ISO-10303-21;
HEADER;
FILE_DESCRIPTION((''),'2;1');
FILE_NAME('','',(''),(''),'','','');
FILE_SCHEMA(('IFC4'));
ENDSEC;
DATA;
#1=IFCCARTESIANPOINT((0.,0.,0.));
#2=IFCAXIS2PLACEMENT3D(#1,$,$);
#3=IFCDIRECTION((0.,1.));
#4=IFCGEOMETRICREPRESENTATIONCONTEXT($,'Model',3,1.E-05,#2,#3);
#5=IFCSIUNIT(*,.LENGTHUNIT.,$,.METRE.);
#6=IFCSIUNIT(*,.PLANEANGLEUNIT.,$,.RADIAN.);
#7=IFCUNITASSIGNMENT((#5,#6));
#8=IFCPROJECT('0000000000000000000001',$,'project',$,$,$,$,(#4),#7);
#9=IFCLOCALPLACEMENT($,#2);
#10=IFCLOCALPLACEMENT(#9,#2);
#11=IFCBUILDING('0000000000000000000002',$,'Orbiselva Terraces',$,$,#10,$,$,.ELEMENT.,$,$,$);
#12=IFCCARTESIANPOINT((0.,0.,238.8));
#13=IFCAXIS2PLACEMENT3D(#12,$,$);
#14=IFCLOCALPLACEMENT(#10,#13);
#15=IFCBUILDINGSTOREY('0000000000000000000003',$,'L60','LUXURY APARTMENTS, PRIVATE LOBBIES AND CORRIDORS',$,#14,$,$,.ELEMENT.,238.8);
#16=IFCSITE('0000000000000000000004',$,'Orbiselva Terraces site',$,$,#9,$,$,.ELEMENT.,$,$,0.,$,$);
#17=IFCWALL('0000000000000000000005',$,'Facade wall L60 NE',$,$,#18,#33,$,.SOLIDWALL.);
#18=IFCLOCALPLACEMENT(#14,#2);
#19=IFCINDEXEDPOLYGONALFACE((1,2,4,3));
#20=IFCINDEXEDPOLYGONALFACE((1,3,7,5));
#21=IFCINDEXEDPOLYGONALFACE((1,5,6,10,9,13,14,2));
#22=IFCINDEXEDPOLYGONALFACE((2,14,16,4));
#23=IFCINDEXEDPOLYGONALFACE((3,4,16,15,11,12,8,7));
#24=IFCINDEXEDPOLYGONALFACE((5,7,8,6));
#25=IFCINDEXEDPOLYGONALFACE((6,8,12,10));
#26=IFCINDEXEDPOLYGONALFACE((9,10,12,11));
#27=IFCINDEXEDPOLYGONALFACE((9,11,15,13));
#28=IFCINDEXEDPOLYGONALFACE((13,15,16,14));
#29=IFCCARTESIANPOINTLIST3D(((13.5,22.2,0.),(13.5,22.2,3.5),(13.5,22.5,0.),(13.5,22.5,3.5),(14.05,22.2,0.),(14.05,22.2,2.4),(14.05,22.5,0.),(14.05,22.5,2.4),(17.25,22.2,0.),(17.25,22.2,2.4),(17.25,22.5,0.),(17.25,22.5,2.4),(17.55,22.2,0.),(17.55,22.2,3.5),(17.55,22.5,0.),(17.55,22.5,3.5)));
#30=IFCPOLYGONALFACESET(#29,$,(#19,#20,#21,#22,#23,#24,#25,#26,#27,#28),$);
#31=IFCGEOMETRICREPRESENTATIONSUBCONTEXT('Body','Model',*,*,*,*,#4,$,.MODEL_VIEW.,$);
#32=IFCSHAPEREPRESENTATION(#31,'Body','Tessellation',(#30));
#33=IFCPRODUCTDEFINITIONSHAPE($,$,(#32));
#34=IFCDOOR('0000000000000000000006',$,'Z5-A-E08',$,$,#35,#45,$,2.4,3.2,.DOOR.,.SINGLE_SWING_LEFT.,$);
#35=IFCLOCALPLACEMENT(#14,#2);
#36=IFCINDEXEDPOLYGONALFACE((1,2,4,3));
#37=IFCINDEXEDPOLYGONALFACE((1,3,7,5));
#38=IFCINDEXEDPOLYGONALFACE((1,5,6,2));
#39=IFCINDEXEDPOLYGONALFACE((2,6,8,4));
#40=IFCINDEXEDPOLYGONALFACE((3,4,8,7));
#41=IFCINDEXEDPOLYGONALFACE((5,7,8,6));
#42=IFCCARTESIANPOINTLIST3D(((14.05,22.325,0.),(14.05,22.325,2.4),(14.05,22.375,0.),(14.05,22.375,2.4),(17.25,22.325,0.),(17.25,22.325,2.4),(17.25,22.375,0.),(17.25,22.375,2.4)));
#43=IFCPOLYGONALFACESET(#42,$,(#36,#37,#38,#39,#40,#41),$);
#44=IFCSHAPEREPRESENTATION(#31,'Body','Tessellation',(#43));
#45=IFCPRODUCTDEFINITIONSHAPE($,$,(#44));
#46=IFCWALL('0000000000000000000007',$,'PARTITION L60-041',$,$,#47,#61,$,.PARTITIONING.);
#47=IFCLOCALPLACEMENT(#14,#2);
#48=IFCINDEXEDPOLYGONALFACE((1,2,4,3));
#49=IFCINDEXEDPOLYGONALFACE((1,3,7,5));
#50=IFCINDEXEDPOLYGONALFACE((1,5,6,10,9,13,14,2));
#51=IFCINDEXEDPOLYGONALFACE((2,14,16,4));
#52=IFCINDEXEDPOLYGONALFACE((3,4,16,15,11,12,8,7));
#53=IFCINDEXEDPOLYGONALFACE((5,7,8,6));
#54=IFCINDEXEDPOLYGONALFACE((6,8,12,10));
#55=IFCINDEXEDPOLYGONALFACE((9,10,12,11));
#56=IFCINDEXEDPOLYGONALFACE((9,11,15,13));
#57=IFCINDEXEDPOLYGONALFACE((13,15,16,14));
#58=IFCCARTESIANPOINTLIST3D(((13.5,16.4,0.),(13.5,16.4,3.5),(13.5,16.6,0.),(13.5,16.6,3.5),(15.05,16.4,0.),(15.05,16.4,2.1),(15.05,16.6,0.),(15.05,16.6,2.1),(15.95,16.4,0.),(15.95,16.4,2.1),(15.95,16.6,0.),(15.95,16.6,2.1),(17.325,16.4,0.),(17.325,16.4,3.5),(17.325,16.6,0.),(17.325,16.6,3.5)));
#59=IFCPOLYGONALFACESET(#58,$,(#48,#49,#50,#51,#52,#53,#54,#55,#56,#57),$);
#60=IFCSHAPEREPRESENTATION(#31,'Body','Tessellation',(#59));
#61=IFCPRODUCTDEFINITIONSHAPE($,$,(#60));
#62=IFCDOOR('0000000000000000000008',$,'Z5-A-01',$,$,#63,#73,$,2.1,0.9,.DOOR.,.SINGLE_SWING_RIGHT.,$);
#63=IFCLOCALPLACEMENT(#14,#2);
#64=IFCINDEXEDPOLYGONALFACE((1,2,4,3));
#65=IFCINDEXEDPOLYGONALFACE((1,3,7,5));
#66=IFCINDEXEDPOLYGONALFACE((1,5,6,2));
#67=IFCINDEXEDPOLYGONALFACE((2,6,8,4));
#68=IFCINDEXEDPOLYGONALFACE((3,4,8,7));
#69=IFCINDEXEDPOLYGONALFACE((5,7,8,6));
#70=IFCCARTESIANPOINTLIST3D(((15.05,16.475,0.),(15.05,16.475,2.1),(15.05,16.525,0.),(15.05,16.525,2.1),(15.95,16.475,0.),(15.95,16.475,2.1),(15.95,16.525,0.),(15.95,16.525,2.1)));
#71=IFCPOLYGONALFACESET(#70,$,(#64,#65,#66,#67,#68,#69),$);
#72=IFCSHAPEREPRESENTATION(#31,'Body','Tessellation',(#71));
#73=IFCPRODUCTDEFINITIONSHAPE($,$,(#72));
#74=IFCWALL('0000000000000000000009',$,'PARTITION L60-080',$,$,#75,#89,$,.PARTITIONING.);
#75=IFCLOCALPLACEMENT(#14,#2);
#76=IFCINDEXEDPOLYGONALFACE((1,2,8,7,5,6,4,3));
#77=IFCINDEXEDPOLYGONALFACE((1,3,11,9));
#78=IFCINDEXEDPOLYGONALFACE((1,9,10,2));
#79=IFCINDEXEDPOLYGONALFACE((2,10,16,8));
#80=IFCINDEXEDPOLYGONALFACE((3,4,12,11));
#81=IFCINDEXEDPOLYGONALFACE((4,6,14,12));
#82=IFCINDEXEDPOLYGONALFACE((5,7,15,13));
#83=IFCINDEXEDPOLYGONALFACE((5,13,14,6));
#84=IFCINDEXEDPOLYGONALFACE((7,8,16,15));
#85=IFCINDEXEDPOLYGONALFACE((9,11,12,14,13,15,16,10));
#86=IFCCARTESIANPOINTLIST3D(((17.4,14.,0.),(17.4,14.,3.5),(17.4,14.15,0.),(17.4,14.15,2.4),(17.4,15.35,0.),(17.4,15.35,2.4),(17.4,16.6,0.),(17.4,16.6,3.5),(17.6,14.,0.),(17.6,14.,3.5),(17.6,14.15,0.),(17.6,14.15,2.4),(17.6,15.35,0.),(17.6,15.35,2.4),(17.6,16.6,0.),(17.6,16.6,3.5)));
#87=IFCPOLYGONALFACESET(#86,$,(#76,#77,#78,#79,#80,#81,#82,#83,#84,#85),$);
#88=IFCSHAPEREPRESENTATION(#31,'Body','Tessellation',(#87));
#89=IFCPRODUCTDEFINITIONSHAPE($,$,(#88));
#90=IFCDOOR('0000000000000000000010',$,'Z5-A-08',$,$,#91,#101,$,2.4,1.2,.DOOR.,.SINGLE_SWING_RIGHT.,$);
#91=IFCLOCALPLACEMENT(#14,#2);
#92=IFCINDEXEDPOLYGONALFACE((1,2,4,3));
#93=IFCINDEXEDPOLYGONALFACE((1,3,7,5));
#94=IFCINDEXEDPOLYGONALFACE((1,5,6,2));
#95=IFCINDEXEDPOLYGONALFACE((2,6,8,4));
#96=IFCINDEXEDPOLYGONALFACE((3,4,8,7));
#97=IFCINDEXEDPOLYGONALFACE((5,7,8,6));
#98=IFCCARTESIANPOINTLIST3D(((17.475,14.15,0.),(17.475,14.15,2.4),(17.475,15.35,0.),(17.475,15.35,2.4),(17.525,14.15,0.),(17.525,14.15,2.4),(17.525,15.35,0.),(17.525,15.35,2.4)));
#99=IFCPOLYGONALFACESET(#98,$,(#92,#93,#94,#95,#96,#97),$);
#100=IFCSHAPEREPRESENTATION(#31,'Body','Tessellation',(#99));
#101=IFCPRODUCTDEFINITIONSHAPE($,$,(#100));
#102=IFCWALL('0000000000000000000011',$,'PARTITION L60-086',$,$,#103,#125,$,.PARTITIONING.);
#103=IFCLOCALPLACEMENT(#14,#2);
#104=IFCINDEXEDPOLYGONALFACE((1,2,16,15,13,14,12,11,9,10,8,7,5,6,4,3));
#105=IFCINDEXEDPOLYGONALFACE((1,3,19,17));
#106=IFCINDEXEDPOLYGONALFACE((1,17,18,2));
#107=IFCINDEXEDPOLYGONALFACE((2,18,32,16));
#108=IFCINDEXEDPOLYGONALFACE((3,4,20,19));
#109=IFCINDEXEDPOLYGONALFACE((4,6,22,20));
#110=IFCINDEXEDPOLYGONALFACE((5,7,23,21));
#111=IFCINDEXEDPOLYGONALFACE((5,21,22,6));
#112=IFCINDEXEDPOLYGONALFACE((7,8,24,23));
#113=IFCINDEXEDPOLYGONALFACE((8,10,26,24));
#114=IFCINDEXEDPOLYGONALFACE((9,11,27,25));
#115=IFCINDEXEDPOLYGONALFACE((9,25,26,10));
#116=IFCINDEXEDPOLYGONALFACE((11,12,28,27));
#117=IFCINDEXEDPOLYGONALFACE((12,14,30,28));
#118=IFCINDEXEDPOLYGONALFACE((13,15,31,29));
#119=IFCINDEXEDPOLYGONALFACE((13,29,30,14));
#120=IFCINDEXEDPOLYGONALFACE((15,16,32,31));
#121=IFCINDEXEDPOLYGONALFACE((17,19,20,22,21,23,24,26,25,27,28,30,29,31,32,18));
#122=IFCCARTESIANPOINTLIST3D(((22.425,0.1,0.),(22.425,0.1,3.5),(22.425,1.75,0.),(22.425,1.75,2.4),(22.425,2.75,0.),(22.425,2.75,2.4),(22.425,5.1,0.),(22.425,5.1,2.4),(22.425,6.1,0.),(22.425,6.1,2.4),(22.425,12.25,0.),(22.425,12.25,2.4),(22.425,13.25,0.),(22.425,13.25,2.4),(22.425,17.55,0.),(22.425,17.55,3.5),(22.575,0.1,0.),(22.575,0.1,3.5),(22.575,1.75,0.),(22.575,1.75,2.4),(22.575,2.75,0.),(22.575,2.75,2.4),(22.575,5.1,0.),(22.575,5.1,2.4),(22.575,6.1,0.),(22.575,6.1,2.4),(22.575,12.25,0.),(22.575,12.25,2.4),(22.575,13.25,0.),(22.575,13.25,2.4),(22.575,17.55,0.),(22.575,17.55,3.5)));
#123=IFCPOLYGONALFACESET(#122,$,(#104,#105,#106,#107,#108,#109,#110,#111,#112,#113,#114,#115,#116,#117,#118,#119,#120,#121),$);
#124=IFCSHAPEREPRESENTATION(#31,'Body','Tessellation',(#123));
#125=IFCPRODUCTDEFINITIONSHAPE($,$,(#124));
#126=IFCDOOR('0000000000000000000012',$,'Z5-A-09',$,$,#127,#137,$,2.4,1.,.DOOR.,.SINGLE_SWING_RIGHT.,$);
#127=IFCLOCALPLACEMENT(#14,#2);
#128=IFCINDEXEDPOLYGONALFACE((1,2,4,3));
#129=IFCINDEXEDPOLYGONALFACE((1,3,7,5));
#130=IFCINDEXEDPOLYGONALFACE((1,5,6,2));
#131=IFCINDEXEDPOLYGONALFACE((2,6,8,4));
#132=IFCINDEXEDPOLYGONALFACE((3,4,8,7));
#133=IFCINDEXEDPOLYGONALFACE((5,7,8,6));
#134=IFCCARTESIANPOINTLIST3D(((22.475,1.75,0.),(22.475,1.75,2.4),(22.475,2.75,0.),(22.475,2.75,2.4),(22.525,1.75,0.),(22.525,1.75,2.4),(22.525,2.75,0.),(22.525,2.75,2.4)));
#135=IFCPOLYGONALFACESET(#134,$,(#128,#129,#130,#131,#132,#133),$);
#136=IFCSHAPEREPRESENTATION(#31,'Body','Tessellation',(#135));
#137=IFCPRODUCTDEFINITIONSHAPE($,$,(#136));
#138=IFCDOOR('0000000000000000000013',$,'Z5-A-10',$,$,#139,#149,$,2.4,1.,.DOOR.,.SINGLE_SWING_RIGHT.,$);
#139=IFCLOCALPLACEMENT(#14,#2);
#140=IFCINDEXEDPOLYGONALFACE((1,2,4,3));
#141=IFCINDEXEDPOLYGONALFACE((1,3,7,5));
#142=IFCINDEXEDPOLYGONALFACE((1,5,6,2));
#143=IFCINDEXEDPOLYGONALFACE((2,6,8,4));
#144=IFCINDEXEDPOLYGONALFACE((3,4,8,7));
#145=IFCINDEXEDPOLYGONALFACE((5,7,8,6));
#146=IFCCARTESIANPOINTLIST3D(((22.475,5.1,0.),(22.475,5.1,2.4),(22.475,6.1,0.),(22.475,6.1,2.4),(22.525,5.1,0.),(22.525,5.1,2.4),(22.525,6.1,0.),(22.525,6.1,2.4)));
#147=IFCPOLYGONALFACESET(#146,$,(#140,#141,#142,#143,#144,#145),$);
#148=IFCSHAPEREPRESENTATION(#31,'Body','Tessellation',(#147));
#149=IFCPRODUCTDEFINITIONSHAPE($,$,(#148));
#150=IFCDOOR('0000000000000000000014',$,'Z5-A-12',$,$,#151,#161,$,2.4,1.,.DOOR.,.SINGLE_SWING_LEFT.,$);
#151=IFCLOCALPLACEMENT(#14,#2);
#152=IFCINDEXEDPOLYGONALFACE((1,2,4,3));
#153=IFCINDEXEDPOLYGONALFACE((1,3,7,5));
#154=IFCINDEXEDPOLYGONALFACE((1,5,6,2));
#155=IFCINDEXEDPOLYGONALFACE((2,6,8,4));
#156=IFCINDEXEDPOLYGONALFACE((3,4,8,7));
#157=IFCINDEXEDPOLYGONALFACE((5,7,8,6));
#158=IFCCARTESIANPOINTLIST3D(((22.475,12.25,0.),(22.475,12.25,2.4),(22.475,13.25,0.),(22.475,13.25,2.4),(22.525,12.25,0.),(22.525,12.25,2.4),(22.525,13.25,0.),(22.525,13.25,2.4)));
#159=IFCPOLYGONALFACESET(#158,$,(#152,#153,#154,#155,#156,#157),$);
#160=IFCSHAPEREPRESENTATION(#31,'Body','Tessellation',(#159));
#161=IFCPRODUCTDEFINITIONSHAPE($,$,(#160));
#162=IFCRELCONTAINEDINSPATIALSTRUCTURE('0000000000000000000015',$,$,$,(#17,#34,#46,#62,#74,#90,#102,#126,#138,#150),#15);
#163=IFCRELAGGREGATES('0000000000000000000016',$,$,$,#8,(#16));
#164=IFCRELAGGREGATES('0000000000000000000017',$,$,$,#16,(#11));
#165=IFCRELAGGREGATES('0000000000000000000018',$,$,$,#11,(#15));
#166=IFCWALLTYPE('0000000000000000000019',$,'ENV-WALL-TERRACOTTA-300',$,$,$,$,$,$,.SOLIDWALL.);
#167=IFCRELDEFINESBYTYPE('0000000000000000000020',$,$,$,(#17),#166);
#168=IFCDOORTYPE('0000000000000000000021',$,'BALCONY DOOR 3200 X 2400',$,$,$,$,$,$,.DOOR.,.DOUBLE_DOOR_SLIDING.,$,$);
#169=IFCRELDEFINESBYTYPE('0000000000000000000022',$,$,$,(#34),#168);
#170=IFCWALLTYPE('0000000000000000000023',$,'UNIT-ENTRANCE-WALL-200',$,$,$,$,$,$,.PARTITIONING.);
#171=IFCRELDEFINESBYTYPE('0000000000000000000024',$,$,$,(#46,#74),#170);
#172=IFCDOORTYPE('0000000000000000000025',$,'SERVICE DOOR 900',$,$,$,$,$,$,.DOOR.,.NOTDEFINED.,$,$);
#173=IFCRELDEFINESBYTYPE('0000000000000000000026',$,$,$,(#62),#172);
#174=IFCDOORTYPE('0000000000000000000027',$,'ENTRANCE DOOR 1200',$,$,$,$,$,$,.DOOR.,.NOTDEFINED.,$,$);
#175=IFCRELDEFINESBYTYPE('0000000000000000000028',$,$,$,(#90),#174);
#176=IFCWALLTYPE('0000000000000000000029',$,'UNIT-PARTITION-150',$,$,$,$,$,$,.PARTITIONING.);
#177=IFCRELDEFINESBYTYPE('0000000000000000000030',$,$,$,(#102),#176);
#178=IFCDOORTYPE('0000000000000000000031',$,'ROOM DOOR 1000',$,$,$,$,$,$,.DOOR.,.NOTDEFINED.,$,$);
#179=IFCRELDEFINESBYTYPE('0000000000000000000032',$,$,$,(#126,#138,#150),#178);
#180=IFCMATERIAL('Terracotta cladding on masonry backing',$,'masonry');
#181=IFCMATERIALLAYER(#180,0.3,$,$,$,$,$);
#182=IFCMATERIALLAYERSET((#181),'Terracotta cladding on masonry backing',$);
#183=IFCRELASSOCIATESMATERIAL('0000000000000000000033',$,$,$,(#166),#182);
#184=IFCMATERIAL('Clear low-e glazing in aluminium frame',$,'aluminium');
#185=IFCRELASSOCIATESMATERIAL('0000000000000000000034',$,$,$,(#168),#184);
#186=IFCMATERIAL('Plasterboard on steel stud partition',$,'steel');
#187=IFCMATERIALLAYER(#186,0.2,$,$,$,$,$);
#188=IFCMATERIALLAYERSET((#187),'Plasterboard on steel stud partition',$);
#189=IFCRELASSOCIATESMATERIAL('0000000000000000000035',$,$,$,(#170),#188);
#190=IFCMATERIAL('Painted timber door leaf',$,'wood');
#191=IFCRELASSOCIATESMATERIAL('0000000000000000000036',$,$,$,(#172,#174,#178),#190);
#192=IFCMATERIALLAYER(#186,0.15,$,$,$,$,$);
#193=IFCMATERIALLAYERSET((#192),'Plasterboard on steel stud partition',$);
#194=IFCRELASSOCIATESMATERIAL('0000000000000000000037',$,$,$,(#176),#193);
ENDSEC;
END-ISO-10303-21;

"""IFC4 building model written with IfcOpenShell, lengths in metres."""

from ifc_helpers import new_model, si_unit, direction, frame, frame_2d, origin, place, context, subcontext, project, spatial, rectangle, extrude, material, layer, layer_set, type_object, element, fill, save


model = new_model("IFC4")

# Units and contexts
model_context = context("Model", 3, precision=1e-05, world=origin(), true_north=direction((0.0, 1.0)))
body_context = subcontext(model_context, "Body", "Model", "MODEL_VIEW")
ifc_project = project(units=[si_unit("LENGTHUNIT", "METRE"), si_unit("PLANEANGLEUNIT", "RADIAN")], contexts=[model_context])

# Site, building, storey
site_placement = place(None, origin())
site = spatial("IfcSite", under=ifc_project, at=site_placement, Name="Orbiselva Terraces site", CompositionType="ELEMENT", RefElevation=0.0)
building_placement = place(site_placement, origin())
building = spatial("IfcBuilding", under=site, at=building_placement, Name="Orbiselva Terraces", CompositionType="ELEMENT")
storey_placement = place(building_placement, frame((0.0, 0.0, 238.8)))
storey = spatial("IfcBuildingStorey", under=building, at=storey_placement, Name="L60", Description="LUXURY APARTMENTS, PRIVATE LOBBIES AND CORRIDORS", CompositionType="ELEMENT", Elevation=238.8)

# Shared definitions
ifc_material_1 = material(Name="Terracotta cladding on masonry backing", Category="masonry")
ifc_layer_1 = layer(ifc_material_1, 0.3)
ifc_layer_set_1 = layer_set([ifc_layer_1], Name="Terracotta cladding on masonry backing")
wall_type_1 = type_object("IfcWallType", Name="ENV-WALL-TERRACOTTA-300", PredefinedType="SOLIDWALL", material=ifc_layer_set_1)
ifc_material_2 = material(Name="Clear low-e glazing in aluminium frame", Category="aluminium")
door_type_1 = type_object("IfcDoorType", Name="BALCONY DOOR 3200 X 2400", OperationType="DOUBLE_DOOR_SLIDING", PredefinedType="DOOR", material=ifc_material_2)

# Walls, openings, doors
wall_1_placement = place(storey_placement, frame((13.5, 22.35, 0.0), z_axis=(0.0, 0.0, 1.0), x_axis=(1.0, 0.0, 0.0)))
wall_1 = element("IfcWall", 1, at=wall_1_placement, inside=storey, type_object=wall_type_1, Name="Facade wall L60 NE", PredefinedType="SOLIDWALL", context=body_context, shape_type="SweptSolid", body=[
    extrude(rectangle(XDim=4.05, YDim=0.3, at=frame_2d((2.025, 0.0))), origin(), (0.0, 0.0, 1.0), 3.5),
])
opening_1_placement = place(wall_1_placement, frame((0.55, 0.0, 0.0)))
opening_1 = element("IfcOpeningElement", 2, at=opening_1_placement, cuts=wall_1, PredefinedType="OPENING", context=body_context, shape_type="SweptSolid", body=[
    extrude(rectangle(XDim=3.2, YDim=2.4, at=frame_2d((1.6, 1.2))), frame((0.0, 0.16, 0.0), z_axis=(0.0, -1.0, 0.0), x_axis=(1.0, 0.0, 0.0)), (0.0, 0.0, 1.0), 0.32),
])
door_1_placement = place(opening_1_placement, origin())
door_1 = element("IfcDoor", 3, at=door_1_placement, inside=storey, type_object=door_type_1, Name="Z5-A-E08", OperationType="SINGLE_SWING_LEFT", OverallHeight=2.4, OverallWidth=3.2, PredefinedType="DOOR", context=body_context, shape_type="SweptSolid", body=[
    extrude(rectangle(XDim=3.2, YDim=2.4, at=frame_2d((1.6, 1.2))), frame((0.0, 0.025, 0.0), z_axis=(0.0, -1.0, 0.0), x_axis=(1.0, 0.0, 0.0)), (0.0, 0.0, 1.0), 0.05),
])
fill(opening_1, door_1)
ifc_material_3 = material(Name="Plasterboard on steel stud partition", Category="steel")
ifc_layer_2 = layer(ifc_material_3, 0.2)
ifc_layer_set_2 = layer_set([ifc_layer_2], Name="Plasterboard on steel stud partition")
wall_type_2 = type_object("IfcWallType", Name="UNIT-ENTRANCE-WALL-200", PredefinedType="PARTITIONING", material=ifc_layer_set_2)
wall_2_placement = place(storey_placement, frame((13.5, 16.5, 0.0), z_axis=(0.0, 0.0, 1.0), x_axis=(1.0, 0.0, 0.0)))
wall_2 = element("IfcWall", 4, at=wall_2_placement, inside=storey, type_object=wall_type_2, Name="PARTITION L60-041", PredefinedType="PARTITIONING", context=body_context, shape_type="SweptSolid", body=[
    extrude(rectangle(XDim=3.825, YDim=0.2, at=frame_2d((1.9125, 0.0))), origin(), (0.0, 0.0, 1.0), 3.5),
])
opening_2_placement = place(wall_2_placement, frame((1.55, 0.0, 0.0)))
opening_2 = element("IfcOpeningElement", 5, at=opening_2_placement, cuts=wall_2, PredefinedType="OPENING", context=body_context, shape_type="SweptSolid", body=[
    extrude(rectangle(XDim=0.9, YDim=2.1, at=frame_2d((0.45, 1.05))), frame((0.0, 0.11, 0.0), z_axis=(0.0, -1.0, 0.0), x_axis=(1.0, 0.0, 0.0)), (0.0, 0.0, 1.0), 0.22),
])
ifc_material_4 = material(Name="Painted timber door leaf", Category="wood")
door_type_2 = type_object("IfcDoorType", Name="SERVICE DOOR 900", OperationType="NOTDEFINED", PredefinedType="DOOR", material=ifc_material_4)
door_2_placement = place(opening_2_placement, origin())
door_2 = element("IfcDoor", 6, at=door_2_placement, inside=storey, type_object=door_type_2, Name="Z5-A-01", OperationType="SINGLE_SWING_RIGHT", OverallHeight=2.1, OverallWidth=0.9, PredefinedType="DOOR", context=body_context, shape_type="SweptSolid", body=[
    extrude(rectangle(XDim=0.9, YDim=2.1, at=frame_2d((0.45, 1.05))), frame((0.0, 0.025, 0.0), z_axis=(0.0, -1.0, 0.0), x_axis=(1.0, 0.0, 0.0)), (0.0, 0.0, 1.0), 0.05),
])
fill(opening_2, door_2)
wall_3_placement = place(storey_placement, frame((17.5, 16.6, 0.0), z_axis=(0.0, 0.0, 1.0), x_axis=(0.0, -1.0, 0.0)))
wall_3 = element("IfcWall", 7, at=wall_3_placement, inside=storey, type_object=wall_type_2, Name="PARTITION L60-080", PredefinedType="PARTITIONING", context=body_context, shape_type="SweptSolid", body=[
    extrude(rectangle(XDim=2.6, YDim=0.2, at=frame_2d((1.3, 0.0))), origin(), (0.0, 0.0, 1.0), 3.5),
])
opening_3_placement = place(wall_3_placement, frame((1.25, 0.0, 0.0)))
opening_3 = element("IfcOpeningElement", 8, at=opening_3_placement, cuts=wall_3, PredefinedType="OPENING", context=body_context, shape_type="SweptSolid", body=[
    extrude(rectangle(XDim=1.2, YDim=2.4, at=frame_2d((0.6, 1.2))), frame((0.0, 0.11, 0.0), z_axis=(0.0, -1.0, 0.0), x_axis=(1.0, 0.0, 0.0)), (0.0, 0.0, 1.0), 0.22),
])
door_type_3 = type_object("IfcDoorType", Name="ENTRANCE DOOR 1200", OperationType="NOTDEFINED", PredefinedType="DOOR", material=ifc_material_4)
door_3_placement = place(opening_3_placement, origin())
door_3 = element("IfcDoor", 9, at=door_3_placement, inside=storey, type_object=door_type_3, Name="Z5-A-08", OperationType="SINGLE_SWING_RIGHT", OverallHeight=2.4, OverallWidth=1.2, PredefinedType="DOOR", context=body_context, shape_type="SweptSolid", body=[
    extrude(rectangle(XDim=1.2, YDim=2.4, at=frame_2d((0.6, 1.2))), frame((0.0, 0.025, 0.0), z_axis=(0.0, -1.0, 0.0), x_axis=(1.0, 0.0, 0.0)), (0.0, 0.0, 1.0), 0.05),
])
fill(opening_3, door_3)

# Wall, openings, doors
ifc_layer_3 = layer(ifc_material_3, 0.15)
ifc_layer_set_3 = layer_set([ifc_layer_3], Name="Plasterboard on steel stud partition")
wall_type_3 = type_object("IfcWallType", Name="UNIT-PARTITION-150", PredefinedType="PARTITIONING", material=ifc_layer_set_3)
wall_4_placement = place(storey_placement, frame((22.5, 17.55, 0.0), z_axis=(0.0, 0.0, 1.0), x_axis=(0.0, -1.0, 0.0)))
wall_4 = element("IfcWall", 10, at=wall_4_placement, inside=storey, type_object=wall_type_3, Name="PARTITION L60-086", PredefinedType="PARTITIONING", context=body_context, shape_type="SweptSolid", body=[
    extrude(rectangle(XDim=17.45, YDim=0.15, at=frame_2d((8.725, 0.0))), origin(), (0.0, 0.0, 1.0), 3.5),
])
opening_4_placement = place(wall_4_placement, frame((14.8, 0.0, 0.0)))
opening_4 = element("IfcOpeningElement", 11, at=opening_4_placement, cuts=wall_4, PredefinedType="OPENING", context=body_context, shape_type="SweptSolid", body=[
    extrude(rectangle(XDim=1.0, YDim=2.4, at=frame_2d((0.5, 1.2))), frame((0.0, 0.085, 0.0), z_axis=(0.0, -1.0, 0.0), x_axis=(1.0, 0.0, 0.0)), (0.0, 0.0, 1.0), 0.17),
])
opening_5_placement = place(wall_4_placement, frame((11.45, 0.0, 0.0)))
opening_5 = element("IfcOpeningElement", 12, at=opening_5_placement, cuts=wall_4, PredefinedType="OPENING", context=body_context, shape_type="SweptSolid", body=[
    extrude(rectangle(XDim=1.0, YDim=2.4, at=frame_2d((0.5, 1.2))), frame((0.0, 0.085, 0.0), z_axis=(0.0, -1.0, 0.0), x_axis=(1.0, 0.0, 0.0)), (0.0, 0.0, 1.0), 0.17),
])
opening_6_placement = place(wall_4_placement, frame((4.3, 0.0, 0.0)))
opening_6 = element("IfcOpeningElement", 13, at=opening_6_placement, cuts=wall_4, PredefinedType="OPENING", context=body_context, shape_type="SweptSolid", body=[
    extrude(rectangle(XDim=1.0, YDim=2.4, at=frame_2d((0.5, 1.2))), frame((0.0, 0.085, 0.0), z_axis=(0.0, -1.0, 0.0), x_axis=(1.0, 0.0, 0.0)), (0.0, 0.0, 1.0), 0.17),
])
door_type_4 = type_object("IfcDoorType", Name="ROOM DOOR 1000", OperationType="NOTDEFINED", PredefinedType="DOOR", material=ifc_material_4)
door_4_placement = place(opening_4_placement, origin())
door_4 = element("IfcDoor", 14, at=door_4_placement, inside=storey, type_object=door_type_4, Name="Z5-A-09", OperationType="SINGLE_SWING_RIGHT", OverallHeight=2.4, OverallWidth=1.0, PredefinedType="DOOR", context=body_context, shape_type="SweptSolid", body=[
    extrude(rectangle(XDim=1.0, YDim=2.4, at=frame_2d((0.5, 1.2))), frame((0.0, 0.025, 0.0), z_axis=(0.0, -1.0, 0.0), x_axis=(1.0, 0.0, 0.0)), (0.0, 0.0, 1.0), 0.05),
])
fill(opening_4, door_4)
door_5_placement = place(opening_5_placement, origin())
door_5 = element("IfcDoor", 15, at=door_5_placement, inside=storey, type_object=door_type_4, Name="Z5-A-10", OperationType="SINGLE_SWING_RIGHT", OverallHeight=2.4, OverallWidth=1.0, PredefinedType="DOOR", context=body_context, shape_type="SweptSolid", body=[
    extrude(rectangle(XDim=1.0, YDim=2.4, at=frame_2d((0.5, 1.2))), frame((0.0, 0.025, 0.0), z_axis=(0.0, -1.0, 0.0), x_axis=(1.0, 0.0, 0.0)), (0.0, 0.0, 1.0), 0.05),
])
fill(opening_5, door_5)
door_6_placement = place(opening_6_placement, origin())
door_6 = element("IfcDoor", 16, at=door_6_placement, inside=storey, type_object=door_type_4, Name="Z5-A-12", OperationType="SINGLE_SWING_LEFT", OverallHeight=2.4, OverallWidth=1.0, PredefinedType="DOOR", context=body_context, shape_type="SweptSolid", body=[
    extrude(rectangle(XDim=1.0, YDim=2.4, at=frame_2d((0.5, 1.2))), frame((0.0, 0.025, 0.0), z_axis=(0.0, -1.0, 0.0), x_axis=(1.0, 0.0, 0.0)), (0.0, 0.0, 1.0), 0.05),
])
fill(opening_6, door_6)

save(model, "model.ifc")
